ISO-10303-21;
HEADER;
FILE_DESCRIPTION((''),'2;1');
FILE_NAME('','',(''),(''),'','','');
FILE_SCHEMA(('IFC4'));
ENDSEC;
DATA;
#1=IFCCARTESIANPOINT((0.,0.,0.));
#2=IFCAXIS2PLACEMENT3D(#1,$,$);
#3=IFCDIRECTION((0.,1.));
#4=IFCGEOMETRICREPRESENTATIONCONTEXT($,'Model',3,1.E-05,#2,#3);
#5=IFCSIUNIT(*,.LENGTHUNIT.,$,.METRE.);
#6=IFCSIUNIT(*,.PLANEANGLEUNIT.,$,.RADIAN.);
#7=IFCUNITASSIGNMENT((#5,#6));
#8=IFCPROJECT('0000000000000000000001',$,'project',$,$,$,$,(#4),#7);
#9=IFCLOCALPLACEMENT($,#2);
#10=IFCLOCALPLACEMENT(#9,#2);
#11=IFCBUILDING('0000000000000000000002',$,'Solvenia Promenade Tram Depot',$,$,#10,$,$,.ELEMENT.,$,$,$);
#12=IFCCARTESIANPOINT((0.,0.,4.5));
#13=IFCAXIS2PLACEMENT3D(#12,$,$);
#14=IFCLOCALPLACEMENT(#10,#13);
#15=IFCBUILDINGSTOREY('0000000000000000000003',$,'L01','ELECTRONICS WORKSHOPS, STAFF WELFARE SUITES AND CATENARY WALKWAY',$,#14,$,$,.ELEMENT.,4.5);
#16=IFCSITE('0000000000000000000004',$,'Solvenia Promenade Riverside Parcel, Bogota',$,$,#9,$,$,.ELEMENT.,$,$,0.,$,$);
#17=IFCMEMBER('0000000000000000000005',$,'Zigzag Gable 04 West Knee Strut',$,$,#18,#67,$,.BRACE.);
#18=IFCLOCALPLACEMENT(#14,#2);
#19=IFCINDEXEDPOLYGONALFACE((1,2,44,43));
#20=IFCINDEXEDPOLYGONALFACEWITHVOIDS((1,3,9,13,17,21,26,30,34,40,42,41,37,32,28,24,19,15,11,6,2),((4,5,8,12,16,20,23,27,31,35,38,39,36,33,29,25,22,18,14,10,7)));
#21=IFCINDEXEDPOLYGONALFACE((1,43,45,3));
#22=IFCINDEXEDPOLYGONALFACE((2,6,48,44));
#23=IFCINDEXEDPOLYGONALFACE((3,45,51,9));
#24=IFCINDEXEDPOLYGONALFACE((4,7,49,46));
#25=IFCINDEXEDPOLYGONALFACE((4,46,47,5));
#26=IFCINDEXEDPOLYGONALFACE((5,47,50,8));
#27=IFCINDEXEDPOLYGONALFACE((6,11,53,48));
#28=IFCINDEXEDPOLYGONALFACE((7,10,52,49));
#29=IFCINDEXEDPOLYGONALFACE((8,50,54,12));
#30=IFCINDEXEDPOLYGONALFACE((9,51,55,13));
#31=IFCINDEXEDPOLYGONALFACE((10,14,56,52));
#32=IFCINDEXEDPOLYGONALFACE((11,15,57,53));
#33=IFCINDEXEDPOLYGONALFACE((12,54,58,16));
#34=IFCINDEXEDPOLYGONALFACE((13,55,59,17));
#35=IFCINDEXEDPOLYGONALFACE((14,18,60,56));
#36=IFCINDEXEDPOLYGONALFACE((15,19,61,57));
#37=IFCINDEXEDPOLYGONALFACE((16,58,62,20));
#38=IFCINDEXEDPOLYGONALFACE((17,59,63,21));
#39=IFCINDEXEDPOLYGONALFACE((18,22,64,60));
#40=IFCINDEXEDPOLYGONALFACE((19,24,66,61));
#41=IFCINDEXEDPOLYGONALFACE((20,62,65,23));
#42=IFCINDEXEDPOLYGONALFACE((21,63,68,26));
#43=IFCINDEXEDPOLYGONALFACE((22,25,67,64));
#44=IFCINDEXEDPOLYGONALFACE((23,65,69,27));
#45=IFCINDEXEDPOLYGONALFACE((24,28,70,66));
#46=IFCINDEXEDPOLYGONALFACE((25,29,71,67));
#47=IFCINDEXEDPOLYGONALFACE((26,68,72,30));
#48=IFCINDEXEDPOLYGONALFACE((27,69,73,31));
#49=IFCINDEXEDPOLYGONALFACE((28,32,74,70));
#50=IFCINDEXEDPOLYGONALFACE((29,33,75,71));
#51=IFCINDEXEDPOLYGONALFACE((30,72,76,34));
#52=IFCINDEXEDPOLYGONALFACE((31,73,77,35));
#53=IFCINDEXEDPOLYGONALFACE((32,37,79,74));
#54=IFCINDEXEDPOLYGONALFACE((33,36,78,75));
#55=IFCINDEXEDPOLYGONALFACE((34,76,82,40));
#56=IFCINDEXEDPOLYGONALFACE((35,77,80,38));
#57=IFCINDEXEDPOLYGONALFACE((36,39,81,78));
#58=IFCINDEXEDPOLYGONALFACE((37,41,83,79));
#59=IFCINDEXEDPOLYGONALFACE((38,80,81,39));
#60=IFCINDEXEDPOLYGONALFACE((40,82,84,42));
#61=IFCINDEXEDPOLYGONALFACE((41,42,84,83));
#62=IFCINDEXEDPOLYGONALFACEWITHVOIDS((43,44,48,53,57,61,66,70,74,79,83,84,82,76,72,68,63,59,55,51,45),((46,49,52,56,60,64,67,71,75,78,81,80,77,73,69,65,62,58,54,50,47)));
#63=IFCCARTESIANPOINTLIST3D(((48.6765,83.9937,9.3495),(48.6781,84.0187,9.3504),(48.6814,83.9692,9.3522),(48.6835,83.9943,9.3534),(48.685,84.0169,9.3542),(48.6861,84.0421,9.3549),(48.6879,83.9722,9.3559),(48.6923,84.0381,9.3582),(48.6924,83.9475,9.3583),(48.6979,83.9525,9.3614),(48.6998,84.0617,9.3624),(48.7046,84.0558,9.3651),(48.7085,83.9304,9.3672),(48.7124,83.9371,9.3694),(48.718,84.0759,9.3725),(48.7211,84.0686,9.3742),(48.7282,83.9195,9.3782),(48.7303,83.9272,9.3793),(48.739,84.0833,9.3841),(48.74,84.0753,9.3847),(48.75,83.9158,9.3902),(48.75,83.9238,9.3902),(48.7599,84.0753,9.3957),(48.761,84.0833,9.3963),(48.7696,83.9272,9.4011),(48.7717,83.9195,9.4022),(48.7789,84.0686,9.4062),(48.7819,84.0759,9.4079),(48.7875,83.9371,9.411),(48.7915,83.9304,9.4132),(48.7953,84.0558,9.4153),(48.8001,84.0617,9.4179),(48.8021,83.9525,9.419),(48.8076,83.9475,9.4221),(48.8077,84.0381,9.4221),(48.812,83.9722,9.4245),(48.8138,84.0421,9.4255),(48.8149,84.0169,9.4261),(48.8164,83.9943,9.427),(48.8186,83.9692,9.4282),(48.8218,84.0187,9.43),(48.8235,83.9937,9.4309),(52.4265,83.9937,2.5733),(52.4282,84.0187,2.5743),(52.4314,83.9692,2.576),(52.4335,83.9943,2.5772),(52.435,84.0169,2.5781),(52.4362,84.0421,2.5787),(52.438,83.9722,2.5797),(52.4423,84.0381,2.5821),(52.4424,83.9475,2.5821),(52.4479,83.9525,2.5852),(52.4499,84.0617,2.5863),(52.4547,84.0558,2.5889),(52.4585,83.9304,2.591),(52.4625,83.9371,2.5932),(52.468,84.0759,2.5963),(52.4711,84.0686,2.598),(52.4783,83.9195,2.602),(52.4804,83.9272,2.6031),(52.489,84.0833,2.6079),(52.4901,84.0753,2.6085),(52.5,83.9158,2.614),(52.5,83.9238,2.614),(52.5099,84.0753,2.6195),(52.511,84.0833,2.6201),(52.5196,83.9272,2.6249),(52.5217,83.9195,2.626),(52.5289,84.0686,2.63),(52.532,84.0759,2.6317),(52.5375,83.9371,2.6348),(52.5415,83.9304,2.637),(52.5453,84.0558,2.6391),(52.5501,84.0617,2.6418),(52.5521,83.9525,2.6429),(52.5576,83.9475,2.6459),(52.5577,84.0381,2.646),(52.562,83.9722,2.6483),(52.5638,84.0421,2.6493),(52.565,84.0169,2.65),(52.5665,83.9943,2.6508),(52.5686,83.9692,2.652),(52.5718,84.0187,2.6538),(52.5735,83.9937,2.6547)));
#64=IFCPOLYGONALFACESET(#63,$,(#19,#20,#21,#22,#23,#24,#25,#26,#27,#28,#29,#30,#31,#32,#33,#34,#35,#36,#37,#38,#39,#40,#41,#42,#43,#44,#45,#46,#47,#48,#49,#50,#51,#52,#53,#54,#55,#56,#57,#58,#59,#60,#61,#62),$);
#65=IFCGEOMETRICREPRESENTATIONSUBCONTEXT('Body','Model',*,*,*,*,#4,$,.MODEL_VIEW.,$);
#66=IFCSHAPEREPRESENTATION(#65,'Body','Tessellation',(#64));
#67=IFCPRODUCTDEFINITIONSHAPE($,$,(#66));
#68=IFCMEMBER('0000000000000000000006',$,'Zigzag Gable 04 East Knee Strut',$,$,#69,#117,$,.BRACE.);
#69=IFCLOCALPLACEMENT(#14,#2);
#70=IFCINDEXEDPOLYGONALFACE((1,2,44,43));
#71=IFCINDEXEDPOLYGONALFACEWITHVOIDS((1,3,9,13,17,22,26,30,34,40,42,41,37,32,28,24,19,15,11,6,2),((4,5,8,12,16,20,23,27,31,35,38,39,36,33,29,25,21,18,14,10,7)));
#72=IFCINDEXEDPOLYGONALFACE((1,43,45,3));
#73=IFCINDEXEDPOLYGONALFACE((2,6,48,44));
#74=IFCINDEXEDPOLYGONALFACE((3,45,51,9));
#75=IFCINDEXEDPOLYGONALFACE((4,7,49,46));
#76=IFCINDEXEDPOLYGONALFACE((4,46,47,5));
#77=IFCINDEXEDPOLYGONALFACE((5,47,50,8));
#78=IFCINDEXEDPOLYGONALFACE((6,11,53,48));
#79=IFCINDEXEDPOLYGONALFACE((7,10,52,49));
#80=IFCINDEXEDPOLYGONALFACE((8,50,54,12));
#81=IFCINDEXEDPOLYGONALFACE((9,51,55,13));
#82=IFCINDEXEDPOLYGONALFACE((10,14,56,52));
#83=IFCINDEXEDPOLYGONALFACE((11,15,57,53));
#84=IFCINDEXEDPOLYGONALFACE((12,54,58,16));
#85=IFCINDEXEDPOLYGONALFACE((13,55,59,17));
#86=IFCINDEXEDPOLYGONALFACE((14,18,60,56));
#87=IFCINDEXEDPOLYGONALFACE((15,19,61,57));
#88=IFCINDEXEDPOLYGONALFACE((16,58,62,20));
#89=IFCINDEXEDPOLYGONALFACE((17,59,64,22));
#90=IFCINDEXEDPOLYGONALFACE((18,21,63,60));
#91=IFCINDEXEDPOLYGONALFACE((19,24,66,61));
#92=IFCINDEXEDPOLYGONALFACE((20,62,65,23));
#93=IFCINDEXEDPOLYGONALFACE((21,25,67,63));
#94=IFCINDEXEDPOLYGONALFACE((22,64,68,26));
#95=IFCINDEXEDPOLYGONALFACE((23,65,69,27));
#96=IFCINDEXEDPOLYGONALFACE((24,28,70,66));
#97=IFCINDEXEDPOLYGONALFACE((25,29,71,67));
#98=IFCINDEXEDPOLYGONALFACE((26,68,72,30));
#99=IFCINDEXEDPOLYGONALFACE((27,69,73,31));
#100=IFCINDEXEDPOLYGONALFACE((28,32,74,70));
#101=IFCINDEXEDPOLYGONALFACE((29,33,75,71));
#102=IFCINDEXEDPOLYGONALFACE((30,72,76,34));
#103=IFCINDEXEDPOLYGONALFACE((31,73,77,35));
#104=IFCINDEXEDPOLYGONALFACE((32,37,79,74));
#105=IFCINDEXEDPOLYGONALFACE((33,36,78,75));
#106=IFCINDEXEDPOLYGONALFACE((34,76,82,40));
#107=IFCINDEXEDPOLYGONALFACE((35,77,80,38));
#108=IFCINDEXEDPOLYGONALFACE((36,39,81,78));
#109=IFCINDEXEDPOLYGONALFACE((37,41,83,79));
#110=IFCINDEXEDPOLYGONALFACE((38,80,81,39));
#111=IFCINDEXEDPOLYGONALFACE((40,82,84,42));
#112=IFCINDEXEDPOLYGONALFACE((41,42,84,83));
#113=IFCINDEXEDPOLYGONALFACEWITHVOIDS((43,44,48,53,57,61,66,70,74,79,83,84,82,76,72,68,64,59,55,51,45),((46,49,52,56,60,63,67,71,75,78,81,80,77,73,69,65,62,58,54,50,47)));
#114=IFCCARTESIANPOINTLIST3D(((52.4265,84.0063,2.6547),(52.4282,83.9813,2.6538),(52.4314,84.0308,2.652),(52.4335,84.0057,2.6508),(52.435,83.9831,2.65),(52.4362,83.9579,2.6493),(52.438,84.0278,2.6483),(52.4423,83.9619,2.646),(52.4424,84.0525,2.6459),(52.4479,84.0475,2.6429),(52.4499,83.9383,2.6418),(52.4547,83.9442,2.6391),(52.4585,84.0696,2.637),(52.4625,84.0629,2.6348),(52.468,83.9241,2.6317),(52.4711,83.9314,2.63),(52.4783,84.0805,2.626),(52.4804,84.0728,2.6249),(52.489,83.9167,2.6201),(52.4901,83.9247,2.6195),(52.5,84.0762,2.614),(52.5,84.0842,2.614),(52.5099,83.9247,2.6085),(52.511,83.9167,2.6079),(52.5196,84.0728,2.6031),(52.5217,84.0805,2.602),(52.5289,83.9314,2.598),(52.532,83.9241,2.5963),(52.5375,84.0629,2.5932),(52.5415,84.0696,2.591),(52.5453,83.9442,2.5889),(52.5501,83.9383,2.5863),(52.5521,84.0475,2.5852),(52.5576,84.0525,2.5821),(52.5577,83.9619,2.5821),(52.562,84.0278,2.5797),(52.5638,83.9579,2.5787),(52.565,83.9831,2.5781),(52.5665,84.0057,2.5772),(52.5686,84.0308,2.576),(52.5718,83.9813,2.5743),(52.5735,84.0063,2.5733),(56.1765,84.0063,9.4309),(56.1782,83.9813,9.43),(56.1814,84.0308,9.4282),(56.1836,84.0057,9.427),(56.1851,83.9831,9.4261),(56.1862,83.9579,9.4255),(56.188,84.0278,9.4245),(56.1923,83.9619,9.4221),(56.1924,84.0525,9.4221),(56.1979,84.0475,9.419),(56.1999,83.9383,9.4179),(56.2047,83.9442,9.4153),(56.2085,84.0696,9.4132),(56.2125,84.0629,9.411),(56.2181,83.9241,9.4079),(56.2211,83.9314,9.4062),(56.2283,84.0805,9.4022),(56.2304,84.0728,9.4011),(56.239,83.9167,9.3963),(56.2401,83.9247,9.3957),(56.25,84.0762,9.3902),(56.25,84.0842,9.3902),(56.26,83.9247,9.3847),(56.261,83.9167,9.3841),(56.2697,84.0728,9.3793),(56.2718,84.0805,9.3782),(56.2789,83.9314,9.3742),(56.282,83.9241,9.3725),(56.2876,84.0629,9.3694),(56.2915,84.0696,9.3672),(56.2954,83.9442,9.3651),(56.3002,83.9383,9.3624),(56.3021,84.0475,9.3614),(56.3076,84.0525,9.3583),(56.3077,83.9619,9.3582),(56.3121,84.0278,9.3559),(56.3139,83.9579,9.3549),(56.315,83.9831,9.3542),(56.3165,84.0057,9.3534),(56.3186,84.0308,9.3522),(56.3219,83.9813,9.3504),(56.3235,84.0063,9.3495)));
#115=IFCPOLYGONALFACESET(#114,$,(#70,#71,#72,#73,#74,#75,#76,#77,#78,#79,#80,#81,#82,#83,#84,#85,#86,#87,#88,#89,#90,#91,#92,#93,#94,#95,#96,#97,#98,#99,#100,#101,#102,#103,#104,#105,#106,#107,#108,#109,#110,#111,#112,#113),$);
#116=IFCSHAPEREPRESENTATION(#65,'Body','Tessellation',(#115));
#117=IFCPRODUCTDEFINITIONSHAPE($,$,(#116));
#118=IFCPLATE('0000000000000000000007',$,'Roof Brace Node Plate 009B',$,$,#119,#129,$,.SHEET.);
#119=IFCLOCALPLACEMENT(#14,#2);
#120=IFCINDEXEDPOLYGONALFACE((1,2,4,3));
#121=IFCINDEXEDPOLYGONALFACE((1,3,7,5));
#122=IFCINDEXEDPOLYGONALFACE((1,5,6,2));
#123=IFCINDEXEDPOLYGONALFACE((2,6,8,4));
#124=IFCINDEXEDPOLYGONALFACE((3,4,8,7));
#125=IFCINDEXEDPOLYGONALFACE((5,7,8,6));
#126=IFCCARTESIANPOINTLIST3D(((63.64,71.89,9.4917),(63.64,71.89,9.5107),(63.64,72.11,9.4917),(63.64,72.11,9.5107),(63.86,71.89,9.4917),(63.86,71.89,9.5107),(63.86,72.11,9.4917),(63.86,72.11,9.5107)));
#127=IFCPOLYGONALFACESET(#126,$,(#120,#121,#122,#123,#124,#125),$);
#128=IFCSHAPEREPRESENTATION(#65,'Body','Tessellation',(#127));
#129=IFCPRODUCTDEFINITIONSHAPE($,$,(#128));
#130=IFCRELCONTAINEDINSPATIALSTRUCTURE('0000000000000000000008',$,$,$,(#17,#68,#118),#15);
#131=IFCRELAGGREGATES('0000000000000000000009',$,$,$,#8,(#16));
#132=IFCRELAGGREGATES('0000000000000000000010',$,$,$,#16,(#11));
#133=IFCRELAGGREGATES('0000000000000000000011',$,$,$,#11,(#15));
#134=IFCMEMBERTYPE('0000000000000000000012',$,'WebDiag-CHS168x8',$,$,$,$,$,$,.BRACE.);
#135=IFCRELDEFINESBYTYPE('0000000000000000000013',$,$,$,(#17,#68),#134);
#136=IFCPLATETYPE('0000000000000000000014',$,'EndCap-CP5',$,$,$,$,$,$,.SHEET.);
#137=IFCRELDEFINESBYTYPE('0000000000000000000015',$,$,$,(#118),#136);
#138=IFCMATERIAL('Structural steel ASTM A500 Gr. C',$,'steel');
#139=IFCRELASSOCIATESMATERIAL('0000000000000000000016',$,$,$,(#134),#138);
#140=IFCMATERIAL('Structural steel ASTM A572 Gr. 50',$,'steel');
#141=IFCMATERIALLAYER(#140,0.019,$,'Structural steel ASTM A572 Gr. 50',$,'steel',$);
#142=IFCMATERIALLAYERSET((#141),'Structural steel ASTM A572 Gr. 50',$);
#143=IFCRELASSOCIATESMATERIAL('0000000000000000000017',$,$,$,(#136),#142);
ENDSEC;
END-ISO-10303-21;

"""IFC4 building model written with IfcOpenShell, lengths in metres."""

from ifc_helpers import new_model, si_unit, direction, frame, origin, origin_2d, place, context, subcontext, project, spatial, rectangle, hollow_circle, extrude, material, layer, layer_set, material_profile, profile_set, type_object, element, save


model = new_model("IFC4")

# Units and contexts
model_context = context("Model", 3, precision=1e-05, world=origin(), true_north=direction((0.0, 1.0)))
body_context = subcontext(model_context, "Body", "Model", "MODEL_VIEW")
ifc_project = project(units=[si_unit("LENGTHUNIT", "METRE"), si_unit("PLANEANGLEUNIT", "RADIAN")], contexts=[model_context])

# Site, building, storey
site_placement = place(None, origin())
site = spatial("IfcSite", under=ifc_project, at=site_placement, Name="Solvenia Promenade Riverside Parcel, Bogota", CompositionType="ELEMENT", RefElevation=0.0)
building_placement = place(site_placement, origin())
building = spatial("IfcBuilding", under=site, at=building_placement, Name="Solvenia Promenade Tram Depot", CompositionType="ELEMENT")
storey_placement = place(building_placement, frame((0.0, 0.0, 4.5)))
storey = spatial("IfcBuildingStorey", under=building, at=storey_placement, Name="L01", Description="ELECTRONICS WORKSHOPS, STAFF WELFARE SUITES AND CATENARY WALKWAY", CompositionType="ELEMENT", Elevation=4.5)

# Shared definitions
ifc_material_1 = material(Name="Structural steel ASTM A500 Gr. C", Category="steel")

# Members
ifc_material_profile_1 = material_profile(ifc_material_1, hollow_circle(Radius=0.0842, WallThickness=0.0081, at=origin_2d()), Name="CHS168.3x8", Category="steel")
ifc_profile_set_1 = profile_set([ifc_material_profile_1], Name="Structural steel ASTM A500 Gr. C")
member_type_1 = type_object("IfcMemberType", Name="WebDiag-CHS168x8", PredefinedType="BRACE", material=ifc_profile_set_1)
for number, where, z_axis, x_axis, name in (
    (1, (52.5, 84.0, 2.614), (-0.48421, 0.0, 0.874952), (0.0, -1.0, 0.0), "Zigzag Gable 04 West Knee Strut"),
    (2, (52.5, 84.0, 2.614), (0.48421, 0.0, 0.874952), (0.0, 1.0, 0.0), "Zigzag Gable 04 East Knee Strut"),
):
    element("IfcMember", number, at=place(storey_placement, frame(where, z_axis=z_axis, x_axis=x_axis)), inside=storey, type_object=member_type_1, Name=name, PredefinedType="BRACE", context=body_context, shape_type="SweptSolid", body=[
        extrude(hollow_circle(Radius=0.0842, WallThickness=0.0081, at=origin_2d()), origin(), (0.0, 0.0, 1.0), 7.7446),
    ])

# Plate
ifc_material_2 = material(Name="Structural steel ASTM A572 Gr. 50", Category="steel")
ifc_layer = layer(ifc_material_2, 0.019, Name="Structural steel ASTM A572 Gr. 50", Category="steel")
ifc_layer_set = layer_set([ifc_layer], Name="Structural steel ASTM A572 Gr. 50")
plate_type = type_object("IfcPlateType", Name="EndCap-CP5", PredefinedType="SHEET", material=ifc_layer_set)
plate_placement = place(storey_placement, frame((63.75, 72.0, 9.4917), z_axis=(0.0, 0.0, 1.0), x_axis=(1.0, 0.0, 0.0)))
element("IfcPlate", 3, at=plate_placement, inside=storey, type_object=plate_type, Name="Roof Brace Node Plate 009B", PredefinedType="SHEET", context=body_context, shape_type="SweptSolid", body=[
    extrude(rectangle(XDim=0.22, YDim=0.22, at=origin_2d()), origin(), (0.0, 0.0, 1.0), 0.019),
])

save(model, "model.ifc")
